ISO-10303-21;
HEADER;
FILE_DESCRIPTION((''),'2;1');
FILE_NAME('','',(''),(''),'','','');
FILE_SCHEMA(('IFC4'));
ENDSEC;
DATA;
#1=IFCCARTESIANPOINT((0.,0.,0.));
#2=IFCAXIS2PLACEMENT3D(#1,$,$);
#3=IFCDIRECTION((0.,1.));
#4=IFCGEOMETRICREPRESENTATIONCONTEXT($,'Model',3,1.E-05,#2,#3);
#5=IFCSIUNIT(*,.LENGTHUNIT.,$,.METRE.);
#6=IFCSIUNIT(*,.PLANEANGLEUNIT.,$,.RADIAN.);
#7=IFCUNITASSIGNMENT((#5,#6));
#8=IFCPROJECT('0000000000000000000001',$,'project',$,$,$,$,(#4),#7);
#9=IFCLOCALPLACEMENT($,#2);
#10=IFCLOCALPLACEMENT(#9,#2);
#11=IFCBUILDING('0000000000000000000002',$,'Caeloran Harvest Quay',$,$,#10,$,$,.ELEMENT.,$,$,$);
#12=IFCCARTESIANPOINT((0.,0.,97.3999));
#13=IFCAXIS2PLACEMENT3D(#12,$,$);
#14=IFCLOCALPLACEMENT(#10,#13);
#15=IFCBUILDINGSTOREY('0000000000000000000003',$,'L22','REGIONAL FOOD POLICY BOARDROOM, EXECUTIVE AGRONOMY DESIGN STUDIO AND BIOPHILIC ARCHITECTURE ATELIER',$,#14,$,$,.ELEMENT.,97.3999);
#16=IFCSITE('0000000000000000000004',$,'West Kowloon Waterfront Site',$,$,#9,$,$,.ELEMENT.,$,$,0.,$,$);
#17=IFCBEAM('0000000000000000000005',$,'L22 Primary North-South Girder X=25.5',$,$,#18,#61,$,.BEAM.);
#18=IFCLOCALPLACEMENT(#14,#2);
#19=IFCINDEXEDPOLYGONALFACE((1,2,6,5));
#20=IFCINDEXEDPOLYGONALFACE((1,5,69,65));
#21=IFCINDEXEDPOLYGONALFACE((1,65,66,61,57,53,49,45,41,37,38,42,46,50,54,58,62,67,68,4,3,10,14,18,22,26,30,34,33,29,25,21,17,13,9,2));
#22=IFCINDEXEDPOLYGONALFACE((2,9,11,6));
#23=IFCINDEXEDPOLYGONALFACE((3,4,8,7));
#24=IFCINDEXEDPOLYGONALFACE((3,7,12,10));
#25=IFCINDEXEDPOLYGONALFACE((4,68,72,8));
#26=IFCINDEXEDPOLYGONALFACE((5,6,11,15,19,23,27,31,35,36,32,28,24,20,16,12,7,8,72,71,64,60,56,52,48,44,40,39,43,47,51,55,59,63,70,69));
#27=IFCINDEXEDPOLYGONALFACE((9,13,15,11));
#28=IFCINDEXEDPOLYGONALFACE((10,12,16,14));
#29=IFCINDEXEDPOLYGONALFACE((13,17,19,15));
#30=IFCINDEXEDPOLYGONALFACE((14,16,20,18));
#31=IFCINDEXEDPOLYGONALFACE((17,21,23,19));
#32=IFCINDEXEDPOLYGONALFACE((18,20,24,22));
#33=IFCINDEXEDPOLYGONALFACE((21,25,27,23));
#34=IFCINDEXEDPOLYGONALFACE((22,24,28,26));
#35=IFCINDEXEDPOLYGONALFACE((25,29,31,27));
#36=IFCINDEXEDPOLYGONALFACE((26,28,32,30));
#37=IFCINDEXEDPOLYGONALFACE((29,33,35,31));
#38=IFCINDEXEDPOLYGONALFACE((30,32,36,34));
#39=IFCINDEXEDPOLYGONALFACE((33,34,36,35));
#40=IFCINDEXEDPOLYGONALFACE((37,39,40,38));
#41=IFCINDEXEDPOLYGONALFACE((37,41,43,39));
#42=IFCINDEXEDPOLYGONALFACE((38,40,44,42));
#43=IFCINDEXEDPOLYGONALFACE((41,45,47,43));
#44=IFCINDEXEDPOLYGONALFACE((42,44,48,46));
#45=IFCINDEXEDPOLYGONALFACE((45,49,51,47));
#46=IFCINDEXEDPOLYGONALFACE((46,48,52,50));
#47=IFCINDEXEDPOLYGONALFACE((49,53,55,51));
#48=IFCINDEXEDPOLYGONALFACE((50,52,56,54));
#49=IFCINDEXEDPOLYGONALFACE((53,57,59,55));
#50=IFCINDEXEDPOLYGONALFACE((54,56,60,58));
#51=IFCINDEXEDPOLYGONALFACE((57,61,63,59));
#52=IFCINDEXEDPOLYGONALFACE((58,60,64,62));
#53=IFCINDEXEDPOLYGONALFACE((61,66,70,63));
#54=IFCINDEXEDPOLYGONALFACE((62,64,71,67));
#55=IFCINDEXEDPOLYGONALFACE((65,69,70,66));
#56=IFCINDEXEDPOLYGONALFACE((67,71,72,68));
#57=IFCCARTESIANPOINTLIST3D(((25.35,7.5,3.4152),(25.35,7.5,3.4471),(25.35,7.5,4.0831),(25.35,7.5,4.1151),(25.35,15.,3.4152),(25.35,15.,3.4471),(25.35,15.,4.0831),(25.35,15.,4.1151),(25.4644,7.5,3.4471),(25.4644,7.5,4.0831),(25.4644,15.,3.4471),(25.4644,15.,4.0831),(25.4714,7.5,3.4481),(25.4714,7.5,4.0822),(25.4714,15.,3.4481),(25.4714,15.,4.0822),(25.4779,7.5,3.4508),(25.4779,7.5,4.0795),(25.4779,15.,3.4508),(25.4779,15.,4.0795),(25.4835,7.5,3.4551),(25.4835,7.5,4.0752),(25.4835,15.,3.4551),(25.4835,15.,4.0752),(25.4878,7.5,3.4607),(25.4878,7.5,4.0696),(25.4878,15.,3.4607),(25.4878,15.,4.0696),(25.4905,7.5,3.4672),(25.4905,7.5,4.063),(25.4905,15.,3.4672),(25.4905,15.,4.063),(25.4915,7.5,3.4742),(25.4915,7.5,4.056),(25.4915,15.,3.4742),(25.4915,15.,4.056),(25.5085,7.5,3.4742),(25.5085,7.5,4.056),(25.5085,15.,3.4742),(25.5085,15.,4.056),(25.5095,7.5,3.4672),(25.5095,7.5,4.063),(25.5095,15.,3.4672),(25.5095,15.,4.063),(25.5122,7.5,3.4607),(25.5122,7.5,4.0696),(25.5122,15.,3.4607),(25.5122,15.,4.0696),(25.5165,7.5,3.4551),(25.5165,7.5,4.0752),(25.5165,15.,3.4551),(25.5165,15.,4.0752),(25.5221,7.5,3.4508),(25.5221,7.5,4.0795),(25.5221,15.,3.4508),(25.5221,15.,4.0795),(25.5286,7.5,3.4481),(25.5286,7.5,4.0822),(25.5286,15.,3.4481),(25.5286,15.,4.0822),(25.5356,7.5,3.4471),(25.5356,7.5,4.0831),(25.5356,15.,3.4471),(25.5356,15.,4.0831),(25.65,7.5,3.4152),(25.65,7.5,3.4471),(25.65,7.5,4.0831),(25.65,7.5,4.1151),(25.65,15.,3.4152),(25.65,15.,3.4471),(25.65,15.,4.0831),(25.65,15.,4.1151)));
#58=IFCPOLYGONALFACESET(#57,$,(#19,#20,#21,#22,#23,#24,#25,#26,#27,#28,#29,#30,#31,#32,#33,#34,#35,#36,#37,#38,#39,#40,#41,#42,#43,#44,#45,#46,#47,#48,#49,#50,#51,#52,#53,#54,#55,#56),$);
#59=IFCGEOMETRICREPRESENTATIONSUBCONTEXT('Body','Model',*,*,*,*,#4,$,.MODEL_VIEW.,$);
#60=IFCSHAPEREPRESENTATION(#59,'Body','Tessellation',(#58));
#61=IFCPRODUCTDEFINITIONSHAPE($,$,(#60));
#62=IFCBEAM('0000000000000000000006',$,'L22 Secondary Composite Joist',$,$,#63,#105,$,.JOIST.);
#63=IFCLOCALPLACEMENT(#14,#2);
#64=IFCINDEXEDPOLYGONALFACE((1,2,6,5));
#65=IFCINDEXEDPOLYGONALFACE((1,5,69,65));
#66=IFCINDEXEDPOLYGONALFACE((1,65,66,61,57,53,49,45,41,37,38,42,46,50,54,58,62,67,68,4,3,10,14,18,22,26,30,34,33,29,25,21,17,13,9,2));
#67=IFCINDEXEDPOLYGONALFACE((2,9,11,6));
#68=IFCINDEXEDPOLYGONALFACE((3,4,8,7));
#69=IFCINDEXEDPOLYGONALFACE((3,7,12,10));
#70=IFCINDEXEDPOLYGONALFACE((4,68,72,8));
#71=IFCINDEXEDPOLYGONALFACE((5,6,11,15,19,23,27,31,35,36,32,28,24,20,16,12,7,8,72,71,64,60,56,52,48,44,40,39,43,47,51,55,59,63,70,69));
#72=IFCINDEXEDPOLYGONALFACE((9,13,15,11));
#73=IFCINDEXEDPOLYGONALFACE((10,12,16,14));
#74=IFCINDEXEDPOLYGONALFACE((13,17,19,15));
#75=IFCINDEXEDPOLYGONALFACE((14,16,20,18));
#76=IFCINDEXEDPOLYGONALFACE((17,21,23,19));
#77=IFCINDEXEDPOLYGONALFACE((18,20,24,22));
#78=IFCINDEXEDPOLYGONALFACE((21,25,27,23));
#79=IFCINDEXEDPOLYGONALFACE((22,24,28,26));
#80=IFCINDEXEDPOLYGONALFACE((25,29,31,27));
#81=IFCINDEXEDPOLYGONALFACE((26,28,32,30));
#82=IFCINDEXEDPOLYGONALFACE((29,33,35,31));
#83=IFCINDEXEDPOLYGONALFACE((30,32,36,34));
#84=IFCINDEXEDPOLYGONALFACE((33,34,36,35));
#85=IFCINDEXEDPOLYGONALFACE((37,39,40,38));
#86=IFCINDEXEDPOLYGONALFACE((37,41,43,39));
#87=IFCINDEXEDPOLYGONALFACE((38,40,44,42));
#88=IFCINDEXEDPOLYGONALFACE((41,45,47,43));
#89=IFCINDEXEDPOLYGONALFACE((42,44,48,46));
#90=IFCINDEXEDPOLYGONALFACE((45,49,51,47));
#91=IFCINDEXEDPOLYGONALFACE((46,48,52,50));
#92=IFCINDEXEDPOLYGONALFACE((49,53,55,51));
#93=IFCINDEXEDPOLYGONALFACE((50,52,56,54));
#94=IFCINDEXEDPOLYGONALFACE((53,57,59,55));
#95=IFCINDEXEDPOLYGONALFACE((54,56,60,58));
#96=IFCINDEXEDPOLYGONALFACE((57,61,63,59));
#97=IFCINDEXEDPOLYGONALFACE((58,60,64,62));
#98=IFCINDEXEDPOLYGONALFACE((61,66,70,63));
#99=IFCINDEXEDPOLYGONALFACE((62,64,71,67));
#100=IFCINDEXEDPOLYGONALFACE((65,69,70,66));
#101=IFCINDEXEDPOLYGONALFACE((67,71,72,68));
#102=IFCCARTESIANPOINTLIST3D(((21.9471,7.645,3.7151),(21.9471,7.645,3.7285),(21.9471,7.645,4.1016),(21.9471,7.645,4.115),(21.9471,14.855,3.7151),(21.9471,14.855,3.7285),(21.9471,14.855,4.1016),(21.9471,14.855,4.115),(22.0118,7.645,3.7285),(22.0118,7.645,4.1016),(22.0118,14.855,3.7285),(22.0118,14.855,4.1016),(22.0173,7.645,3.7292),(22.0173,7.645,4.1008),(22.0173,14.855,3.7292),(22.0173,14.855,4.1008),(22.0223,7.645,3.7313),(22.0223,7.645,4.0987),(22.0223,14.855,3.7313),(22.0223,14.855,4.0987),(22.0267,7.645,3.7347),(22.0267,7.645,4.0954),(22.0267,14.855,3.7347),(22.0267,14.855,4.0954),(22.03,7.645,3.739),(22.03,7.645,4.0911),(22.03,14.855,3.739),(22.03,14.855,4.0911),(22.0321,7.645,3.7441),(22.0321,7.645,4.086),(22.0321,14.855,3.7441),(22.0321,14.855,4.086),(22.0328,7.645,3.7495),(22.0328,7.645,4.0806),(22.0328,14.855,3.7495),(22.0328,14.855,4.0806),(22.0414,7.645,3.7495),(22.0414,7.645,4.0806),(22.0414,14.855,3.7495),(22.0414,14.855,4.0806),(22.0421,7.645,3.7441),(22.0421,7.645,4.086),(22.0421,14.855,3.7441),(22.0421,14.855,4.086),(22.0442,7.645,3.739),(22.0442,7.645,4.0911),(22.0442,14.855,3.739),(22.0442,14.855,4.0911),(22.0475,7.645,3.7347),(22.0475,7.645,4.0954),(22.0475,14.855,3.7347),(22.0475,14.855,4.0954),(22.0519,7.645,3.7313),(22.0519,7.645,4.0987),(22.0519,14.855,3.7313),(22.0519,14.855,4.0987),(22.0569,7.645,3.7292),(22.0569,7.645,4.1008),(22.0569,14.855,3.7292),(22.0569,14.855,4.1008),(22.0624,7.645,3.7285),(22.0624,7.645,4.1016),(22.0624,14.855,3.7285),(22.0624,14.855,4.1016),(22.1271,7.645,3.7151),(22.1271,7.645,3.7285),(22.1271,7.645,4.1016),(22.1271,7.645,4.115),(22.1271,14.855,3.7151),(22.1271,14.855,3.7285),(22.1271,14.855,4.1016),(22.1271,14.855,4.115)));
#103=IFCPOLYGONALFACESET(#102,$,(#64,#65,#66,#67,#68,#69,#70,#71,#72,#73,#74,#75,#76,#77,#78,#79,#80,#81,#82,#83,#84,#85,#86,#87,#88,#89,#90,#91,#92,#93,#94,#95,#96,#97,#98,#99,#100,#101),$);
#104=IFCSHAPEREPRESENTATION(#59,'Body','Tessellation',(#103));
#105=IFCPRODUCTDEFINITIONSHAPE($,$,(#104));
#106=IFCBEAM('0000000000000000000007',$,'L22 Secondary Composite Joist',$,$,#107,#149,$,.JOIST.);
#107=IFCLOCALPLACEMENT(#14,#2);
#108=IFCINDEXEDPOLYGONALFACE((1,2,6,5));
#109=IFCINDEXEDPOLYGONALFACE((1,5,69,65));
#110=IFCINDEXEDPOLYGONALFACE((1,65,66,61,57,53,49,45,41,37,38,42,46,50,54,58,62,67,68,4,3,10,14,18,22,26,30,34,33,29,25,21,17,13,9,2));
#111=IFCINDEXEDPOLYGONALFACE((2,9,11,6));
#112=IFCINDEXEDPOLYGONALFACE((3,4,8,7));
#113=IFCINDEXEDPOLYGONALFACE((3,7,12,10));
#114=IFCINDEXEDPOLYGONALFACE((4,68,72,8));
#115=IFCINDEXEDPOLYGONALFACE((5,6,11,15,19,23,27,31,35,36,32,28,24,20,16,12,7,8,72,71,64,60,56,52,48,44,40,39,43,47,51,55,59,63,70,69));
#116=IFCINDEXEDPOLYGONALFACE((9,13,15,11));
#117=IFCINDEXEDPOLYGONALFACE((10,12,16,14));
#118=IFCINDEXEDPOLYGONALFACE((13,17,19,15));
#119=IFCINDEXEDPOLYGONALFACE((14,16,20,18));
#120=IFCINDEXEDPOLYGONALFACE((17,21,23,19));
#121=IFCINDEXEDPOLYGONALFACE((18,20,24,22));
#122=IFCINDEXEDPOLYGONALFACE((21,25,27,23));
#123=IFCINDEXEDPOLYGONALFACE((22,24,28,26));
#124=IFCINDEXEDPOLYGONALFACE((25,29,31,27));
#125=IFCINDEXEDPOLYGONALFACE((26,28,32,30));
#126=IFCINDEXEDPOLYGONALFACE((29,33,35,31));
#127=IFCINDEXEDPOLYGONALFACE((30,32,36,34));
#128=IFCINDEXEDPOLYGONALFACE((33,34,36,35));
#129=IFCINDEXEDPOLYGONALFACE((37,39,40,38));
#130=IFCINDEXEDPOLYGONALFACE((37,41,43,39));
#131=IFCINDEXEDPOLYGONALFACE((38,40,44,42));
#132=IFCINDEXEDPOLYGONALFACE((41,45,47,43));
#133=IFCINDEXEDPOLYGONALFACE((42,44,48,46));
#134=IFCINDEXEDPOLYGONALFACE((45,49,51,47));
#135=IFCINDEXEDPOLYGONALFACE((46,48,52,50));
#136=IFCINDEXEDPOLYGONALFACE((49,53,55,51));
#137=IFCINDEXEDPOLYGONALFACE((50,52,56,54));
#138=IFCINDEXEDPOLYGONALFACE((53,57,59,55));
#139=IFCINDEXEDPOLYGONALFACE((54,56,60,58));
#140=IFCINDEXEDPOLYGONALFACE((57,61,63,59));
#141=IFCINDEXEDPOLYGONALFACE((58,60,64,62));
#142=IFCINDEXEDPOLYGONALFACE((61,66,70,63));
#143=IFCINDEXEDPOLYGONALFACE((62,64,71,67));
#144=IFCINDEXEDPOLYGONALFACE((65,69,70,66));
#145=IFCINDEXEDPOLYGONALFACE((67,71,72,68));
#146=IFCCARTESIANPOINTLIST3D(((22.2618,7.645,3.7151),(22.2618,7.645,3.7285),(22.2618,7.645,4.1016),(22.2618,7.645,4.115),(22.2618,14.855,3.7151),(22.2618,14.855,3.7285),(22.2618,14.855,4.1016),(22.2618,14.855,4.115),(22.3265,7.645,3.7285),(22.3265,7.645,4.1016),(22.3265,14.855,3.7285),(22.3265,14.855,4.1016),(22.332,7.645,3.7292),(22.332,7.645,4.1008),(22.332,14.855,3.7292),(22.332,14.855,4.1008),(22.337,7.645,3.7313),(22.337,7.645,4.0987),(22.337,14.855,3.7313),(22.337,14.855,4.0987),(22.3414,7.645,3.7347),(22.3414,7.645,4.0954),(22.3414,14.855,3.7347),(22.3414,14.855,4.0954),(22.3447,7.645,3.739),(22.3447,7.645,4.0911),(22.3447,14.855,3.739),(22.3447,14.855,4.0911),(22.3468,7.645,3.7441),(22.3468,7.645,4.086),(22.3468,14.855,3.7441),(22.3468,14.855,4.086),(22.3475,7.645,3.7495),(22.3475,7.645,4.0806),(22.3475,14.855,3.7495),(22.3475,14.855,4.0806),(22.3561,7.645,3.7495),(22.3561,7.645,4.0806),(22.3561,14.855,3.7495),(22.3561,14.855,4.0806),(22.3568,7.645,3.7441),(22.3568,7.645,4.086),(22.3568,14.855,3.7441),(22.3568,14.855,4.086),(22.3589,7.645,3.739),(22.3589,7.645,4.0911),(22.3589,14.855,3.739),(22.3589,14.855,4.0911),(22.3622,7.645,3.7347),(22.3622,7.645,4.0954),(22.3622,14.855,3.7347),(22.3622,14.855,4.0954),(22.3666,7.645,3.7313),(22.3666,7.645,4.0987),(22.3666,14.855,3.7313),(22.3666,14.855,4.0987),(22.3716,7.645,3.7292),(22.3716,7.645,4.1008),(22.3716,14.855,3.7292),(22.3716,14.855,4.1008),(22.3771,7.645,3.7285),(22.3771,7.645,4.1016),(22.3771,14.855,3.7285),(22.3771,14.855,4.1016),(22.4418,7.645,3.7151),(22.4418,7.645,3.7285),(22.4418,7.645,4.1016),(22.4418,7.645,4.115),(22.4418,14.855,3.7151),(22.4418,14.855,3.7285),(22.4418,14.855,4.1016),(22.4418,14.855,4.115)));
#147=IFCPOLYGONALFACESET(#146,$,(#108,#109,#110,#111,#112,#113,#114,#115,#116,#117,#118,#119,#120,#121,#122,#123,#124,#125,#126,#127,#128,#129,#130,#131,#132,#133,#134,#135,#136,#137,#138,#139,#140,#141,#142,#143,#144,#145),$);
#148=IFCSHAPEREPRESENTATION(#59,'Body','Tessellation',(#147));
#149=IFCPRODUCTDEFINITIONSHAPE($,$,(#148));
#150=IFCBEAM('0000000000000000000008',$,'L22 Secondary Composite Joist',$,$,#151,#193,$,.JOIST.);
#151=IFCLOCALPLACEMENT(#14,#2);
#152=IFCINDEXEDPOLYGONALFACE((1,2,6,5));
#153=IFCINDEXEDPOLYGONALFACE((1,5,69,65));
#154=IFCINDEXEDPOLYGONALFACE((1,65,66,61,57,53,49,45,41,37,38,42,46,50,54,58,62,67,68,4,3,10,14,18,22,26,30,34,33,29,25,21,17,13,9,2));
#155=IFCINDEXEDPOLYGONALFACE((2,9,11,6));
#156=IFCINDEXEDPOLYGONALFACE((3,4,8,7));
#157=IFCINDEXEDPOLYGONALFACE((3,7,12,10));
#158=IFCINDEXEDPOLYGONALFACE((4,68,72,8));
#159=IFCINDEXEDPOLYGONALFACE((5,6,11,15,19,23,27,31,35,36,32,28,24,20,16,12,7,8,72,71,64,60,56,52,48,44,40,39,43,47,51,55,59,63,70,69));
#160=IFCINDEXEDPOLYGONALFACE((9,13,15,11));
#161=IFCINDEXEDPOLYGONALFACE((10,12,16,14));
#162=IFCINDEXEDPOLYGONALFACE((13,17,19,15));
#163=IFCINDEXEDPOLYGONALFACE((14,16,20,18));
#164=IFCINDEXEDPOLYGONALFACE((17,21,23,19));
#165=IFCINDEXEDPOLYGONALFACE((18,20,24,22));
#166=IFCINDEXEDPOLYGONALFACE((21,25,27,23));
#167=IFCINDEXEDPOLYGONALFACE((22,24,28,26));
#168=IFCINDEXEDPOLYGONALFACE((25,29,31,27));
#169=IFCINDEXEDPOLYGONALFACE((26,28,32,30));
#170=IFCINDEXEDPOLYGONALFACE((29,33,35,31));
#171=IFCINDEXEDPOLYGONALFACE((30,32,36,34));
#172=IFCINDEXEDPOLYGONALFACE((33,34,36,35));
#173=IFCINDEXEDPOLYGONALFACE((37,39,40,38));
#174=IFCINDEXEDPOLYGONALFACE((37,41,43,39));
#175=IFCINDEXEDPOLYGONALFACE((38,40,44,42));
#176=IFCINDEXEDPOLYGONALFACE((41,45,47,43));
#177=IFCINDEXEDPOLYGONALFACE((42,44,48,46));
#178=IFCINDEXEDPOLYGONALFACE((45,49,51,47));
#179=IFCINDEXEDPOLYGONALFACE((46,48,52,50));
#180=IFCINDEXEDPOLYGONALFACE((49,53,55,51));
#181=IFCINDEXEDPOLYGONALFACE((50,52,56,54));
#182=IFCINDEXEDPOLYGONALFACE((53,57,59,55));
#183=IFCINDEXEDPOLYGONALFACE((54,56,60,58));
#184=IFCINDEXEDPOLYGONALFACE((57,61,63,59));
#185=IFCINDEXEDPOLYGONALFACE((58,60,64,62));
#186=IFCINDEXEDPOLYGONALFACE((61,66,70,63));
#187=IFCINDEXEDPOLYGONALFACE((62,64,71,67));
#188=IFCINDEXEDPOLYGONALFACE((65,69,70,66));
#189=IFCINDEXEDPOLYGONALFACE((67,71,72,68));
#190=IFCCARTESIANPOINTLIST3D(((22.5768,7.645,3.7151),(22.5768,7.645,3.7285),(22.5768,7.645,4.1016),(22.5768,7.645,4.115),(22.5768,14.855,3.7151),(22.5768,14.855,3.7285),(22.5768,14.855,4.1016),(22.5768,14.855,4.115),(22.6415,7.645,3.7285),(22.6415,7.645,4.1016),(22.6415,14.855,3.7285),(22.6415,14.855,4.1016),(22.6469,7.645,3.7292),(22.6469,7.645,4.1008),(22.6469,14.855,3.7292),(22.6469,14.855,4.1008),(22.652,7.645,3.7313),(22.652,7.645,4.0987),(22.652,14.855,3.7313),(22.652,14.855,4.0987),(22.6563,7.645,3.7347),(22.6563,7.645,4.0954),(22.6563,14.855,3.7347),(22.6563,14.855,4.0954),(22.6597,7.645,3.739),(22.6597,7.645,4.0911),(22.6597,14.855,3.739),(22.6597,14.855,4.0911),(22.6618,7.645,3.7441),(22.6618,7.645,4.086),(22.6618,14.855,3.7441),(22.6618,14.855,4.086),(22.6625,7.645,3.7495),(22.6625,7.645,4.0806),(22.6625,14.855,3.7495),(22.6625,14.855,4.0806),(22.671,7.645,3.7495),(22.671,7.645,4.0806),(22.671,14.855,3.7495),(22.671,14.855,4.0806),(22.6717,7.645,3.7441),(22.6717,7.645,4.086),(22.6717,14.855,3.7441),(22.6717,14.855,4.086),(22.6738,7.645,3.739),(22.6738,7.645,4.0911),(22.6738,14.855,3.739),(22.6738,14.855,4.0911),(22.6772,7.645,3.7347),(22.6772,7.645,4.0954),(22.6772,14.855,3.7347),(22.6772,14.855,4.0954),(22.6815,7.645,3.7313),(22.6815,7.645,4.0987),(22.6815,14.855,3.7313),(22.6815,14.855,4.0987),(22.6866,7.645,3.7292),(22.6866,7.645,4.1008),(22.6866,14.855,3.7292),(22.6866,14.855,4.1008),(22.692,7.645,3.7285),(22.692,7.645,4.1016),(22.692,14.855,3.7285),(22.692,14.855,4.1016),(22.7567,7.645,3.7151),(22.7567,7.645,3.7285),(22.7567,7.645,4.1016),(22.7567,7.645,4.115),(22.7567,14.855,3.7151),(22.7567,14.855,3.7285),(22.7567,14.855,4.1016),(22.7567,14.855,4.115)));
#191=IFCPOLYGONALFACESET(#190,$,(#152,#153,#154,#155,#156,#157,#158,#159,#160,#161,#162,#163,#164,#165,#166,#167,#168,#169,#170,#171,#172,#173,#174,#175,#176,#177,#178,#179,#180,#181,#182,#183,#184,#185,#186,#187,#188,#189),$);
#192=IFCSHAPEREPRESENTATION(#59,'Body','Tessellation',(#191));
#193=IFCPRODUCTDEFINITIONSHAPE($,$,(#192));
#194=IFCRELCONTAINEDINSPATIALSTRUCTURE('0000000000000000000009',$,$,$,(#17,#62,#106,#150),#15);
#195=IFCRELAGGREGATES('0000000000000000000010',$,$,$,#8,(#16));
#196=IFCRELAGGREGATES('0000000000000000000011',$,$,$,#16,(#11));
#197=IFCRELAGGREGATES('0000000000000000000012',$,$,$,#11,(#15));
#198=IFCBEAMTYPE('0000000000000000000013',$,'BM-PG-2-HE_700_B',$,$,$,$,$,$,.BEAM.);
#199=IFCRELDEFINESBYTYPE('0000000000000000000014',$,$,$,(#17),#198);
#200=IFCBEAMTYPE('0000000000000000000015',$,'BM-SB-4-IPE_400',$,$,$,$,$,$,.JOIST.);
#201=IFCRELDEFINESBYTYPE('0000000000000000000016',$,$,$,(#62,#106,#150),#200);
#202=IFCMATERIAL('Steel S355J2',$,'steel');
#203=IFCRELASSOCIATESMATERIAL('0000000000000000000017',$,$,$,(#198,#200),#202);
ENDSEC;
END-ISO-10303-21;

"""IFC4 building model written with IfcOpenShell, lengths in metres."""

from ifc_helpers import new_model, si_unit, direction, frame, origin, origin_2d, place, context, subcontext, project, spatial, i_section, extrude, material, material_profile, profile_set, type_object, element, save


model = new_model("IFC4")

# Units and contexts
model_context = context("Model", 3, precision=1e-05, world=origin(), true_north=direction((0.0, 1.0)))
body_context = subcontext(model_context, "Body", "Model", "MODEL_VIEW")
ifc_project = project(units=[si_unit("LENGTHUNIT", "METRE"), si_unit("PLANEANGLEUNIT", "RADIAN")], contexts=[model_context])

# Site, building, storey
site_placement = place(None, origin())
site = spatial("IfcSite", under=ifc_project, at=site_placement, Name="West Kowloon Waterfront Site", CompositionType="ELEMENT", RefElevation=0.0)
building_placement = place(site_placement, origin())
building = spatial("IfcBuilding", under=site, at=building_placement, Name="Caeloran Harvest Quay", CompositionType="ELEMENT")
storey_placement = place(building_placement, frame((0.0, 0.0, 97.3999)))
storey = spatial("IfcBuildingStorey", under=building, at=storey_placement, Name="L22", Description="REGIONAL FOOD POLICY BOARDROOM, EXECUTIVE AGRONOMY DESIGN STUDIO AND BIOPHILIC ARCHITECTURE ATELIER", CompositionType="ELEMENT", Elevation=97.3999)

# Beams
ifc_material_1 = material(Name="Steel S355J2", Category="steel")
ifc_material_profile_1 = material_profile(ifc_material_1, i_section(OverallWidth=0.3, OverallDepth=0.7, WebThickness=0.0171, FlangeThickness=0.032, FilletRadius=0.0271, at=origin_2d()), Name="HE 700 B")
ifc_profile_set_1 = profile_set([ifc_material_profile_1], Name="Steel S355J2")
beam_type_1 = type_object("IfcBeamType", Name="BM-PG-2-HE_700_B", PredefinedType="BEAM", material=ifc_profile_set_1)
beam_1_placement = place(storey_placement, frame((25.5, 7.5, 3.7651), z_axis=(0.0, 1.0, 0.0), x_axis=(-1.0, 0.0, 0.0)))
element("IfcBeam", 1, at=beam_1_placement, inside=storey, type_object=beam_type_1, Name="L22 Primary North-South Girder X=25.5", PredefinedType="BEAM", context=body_context, shape_type="SweptSolid", body=[
    extrude(i_section(OverallWidth=0.3, OverallDepth=0.7, WebThickness=0.0171, FlangeThickness=0.032, FilletRadius=0.0271, at=origin_2d()), origin(), (0.0, 0.0, 1.0), 7.5),
])
ifc_material_profile_2 = material_profile(ifc_material_1, i_section(OverallWidth=0.1799, OverallDepth=0.3999, WebThickness=0.0085, FlangeThickness=0.0134, FilletRadius=0.021, at=origin_2d()), Name="IPE 400")
ifc_profile_set_2 = profile_set([ifc_material_profile_2], Name="Steel S355J2")
beam_type_2 = type_object("IfcBeamType", Name="BM-SB-4-IPE_400", PredefinedType="JOIST", material=ifc_profile_set_2)
for number, where, z_axis, x_axis, name in (
    (2, (22.0371, 7.645, 3.915), (0.0, 1.0, 0.0), (-1.0, 0.0, 0.0), "L22 Secondary Composite Joist"),
    (3, (22.3518, 7.645, 3.915), (0.0, 1.0, 0.0), (-1.0, 0.0, 0.0), "L22 Secondary Composite Joist"),
    (4, (22.6667, 7.645, 3.915), (0.0, 1.0, 0.0), (-1.0, 0.0, 0.0), "L22 Secondary Composite Joist"),
):
    element("IfcBeam", number, at=place(storey_placement, frame(where, z_axis=z_axis, x_axis=x_axis)), inside=storey, type_object=beam_type_2, Name=name, PredefinedType="JOIST", context=body_context, shape_type="SweptSolid", body=[
        extrude(i_section(OverallWidth=0.1799, OverallDepth=0.3999, WebThickness=0.0085, FlangeThickness=0.0134, FilletRadius=0.021, at=origin_2d()), origin(), (0.0, 0.0, 1.0), 7.21),
    ])

save(model, "model.ifc")
